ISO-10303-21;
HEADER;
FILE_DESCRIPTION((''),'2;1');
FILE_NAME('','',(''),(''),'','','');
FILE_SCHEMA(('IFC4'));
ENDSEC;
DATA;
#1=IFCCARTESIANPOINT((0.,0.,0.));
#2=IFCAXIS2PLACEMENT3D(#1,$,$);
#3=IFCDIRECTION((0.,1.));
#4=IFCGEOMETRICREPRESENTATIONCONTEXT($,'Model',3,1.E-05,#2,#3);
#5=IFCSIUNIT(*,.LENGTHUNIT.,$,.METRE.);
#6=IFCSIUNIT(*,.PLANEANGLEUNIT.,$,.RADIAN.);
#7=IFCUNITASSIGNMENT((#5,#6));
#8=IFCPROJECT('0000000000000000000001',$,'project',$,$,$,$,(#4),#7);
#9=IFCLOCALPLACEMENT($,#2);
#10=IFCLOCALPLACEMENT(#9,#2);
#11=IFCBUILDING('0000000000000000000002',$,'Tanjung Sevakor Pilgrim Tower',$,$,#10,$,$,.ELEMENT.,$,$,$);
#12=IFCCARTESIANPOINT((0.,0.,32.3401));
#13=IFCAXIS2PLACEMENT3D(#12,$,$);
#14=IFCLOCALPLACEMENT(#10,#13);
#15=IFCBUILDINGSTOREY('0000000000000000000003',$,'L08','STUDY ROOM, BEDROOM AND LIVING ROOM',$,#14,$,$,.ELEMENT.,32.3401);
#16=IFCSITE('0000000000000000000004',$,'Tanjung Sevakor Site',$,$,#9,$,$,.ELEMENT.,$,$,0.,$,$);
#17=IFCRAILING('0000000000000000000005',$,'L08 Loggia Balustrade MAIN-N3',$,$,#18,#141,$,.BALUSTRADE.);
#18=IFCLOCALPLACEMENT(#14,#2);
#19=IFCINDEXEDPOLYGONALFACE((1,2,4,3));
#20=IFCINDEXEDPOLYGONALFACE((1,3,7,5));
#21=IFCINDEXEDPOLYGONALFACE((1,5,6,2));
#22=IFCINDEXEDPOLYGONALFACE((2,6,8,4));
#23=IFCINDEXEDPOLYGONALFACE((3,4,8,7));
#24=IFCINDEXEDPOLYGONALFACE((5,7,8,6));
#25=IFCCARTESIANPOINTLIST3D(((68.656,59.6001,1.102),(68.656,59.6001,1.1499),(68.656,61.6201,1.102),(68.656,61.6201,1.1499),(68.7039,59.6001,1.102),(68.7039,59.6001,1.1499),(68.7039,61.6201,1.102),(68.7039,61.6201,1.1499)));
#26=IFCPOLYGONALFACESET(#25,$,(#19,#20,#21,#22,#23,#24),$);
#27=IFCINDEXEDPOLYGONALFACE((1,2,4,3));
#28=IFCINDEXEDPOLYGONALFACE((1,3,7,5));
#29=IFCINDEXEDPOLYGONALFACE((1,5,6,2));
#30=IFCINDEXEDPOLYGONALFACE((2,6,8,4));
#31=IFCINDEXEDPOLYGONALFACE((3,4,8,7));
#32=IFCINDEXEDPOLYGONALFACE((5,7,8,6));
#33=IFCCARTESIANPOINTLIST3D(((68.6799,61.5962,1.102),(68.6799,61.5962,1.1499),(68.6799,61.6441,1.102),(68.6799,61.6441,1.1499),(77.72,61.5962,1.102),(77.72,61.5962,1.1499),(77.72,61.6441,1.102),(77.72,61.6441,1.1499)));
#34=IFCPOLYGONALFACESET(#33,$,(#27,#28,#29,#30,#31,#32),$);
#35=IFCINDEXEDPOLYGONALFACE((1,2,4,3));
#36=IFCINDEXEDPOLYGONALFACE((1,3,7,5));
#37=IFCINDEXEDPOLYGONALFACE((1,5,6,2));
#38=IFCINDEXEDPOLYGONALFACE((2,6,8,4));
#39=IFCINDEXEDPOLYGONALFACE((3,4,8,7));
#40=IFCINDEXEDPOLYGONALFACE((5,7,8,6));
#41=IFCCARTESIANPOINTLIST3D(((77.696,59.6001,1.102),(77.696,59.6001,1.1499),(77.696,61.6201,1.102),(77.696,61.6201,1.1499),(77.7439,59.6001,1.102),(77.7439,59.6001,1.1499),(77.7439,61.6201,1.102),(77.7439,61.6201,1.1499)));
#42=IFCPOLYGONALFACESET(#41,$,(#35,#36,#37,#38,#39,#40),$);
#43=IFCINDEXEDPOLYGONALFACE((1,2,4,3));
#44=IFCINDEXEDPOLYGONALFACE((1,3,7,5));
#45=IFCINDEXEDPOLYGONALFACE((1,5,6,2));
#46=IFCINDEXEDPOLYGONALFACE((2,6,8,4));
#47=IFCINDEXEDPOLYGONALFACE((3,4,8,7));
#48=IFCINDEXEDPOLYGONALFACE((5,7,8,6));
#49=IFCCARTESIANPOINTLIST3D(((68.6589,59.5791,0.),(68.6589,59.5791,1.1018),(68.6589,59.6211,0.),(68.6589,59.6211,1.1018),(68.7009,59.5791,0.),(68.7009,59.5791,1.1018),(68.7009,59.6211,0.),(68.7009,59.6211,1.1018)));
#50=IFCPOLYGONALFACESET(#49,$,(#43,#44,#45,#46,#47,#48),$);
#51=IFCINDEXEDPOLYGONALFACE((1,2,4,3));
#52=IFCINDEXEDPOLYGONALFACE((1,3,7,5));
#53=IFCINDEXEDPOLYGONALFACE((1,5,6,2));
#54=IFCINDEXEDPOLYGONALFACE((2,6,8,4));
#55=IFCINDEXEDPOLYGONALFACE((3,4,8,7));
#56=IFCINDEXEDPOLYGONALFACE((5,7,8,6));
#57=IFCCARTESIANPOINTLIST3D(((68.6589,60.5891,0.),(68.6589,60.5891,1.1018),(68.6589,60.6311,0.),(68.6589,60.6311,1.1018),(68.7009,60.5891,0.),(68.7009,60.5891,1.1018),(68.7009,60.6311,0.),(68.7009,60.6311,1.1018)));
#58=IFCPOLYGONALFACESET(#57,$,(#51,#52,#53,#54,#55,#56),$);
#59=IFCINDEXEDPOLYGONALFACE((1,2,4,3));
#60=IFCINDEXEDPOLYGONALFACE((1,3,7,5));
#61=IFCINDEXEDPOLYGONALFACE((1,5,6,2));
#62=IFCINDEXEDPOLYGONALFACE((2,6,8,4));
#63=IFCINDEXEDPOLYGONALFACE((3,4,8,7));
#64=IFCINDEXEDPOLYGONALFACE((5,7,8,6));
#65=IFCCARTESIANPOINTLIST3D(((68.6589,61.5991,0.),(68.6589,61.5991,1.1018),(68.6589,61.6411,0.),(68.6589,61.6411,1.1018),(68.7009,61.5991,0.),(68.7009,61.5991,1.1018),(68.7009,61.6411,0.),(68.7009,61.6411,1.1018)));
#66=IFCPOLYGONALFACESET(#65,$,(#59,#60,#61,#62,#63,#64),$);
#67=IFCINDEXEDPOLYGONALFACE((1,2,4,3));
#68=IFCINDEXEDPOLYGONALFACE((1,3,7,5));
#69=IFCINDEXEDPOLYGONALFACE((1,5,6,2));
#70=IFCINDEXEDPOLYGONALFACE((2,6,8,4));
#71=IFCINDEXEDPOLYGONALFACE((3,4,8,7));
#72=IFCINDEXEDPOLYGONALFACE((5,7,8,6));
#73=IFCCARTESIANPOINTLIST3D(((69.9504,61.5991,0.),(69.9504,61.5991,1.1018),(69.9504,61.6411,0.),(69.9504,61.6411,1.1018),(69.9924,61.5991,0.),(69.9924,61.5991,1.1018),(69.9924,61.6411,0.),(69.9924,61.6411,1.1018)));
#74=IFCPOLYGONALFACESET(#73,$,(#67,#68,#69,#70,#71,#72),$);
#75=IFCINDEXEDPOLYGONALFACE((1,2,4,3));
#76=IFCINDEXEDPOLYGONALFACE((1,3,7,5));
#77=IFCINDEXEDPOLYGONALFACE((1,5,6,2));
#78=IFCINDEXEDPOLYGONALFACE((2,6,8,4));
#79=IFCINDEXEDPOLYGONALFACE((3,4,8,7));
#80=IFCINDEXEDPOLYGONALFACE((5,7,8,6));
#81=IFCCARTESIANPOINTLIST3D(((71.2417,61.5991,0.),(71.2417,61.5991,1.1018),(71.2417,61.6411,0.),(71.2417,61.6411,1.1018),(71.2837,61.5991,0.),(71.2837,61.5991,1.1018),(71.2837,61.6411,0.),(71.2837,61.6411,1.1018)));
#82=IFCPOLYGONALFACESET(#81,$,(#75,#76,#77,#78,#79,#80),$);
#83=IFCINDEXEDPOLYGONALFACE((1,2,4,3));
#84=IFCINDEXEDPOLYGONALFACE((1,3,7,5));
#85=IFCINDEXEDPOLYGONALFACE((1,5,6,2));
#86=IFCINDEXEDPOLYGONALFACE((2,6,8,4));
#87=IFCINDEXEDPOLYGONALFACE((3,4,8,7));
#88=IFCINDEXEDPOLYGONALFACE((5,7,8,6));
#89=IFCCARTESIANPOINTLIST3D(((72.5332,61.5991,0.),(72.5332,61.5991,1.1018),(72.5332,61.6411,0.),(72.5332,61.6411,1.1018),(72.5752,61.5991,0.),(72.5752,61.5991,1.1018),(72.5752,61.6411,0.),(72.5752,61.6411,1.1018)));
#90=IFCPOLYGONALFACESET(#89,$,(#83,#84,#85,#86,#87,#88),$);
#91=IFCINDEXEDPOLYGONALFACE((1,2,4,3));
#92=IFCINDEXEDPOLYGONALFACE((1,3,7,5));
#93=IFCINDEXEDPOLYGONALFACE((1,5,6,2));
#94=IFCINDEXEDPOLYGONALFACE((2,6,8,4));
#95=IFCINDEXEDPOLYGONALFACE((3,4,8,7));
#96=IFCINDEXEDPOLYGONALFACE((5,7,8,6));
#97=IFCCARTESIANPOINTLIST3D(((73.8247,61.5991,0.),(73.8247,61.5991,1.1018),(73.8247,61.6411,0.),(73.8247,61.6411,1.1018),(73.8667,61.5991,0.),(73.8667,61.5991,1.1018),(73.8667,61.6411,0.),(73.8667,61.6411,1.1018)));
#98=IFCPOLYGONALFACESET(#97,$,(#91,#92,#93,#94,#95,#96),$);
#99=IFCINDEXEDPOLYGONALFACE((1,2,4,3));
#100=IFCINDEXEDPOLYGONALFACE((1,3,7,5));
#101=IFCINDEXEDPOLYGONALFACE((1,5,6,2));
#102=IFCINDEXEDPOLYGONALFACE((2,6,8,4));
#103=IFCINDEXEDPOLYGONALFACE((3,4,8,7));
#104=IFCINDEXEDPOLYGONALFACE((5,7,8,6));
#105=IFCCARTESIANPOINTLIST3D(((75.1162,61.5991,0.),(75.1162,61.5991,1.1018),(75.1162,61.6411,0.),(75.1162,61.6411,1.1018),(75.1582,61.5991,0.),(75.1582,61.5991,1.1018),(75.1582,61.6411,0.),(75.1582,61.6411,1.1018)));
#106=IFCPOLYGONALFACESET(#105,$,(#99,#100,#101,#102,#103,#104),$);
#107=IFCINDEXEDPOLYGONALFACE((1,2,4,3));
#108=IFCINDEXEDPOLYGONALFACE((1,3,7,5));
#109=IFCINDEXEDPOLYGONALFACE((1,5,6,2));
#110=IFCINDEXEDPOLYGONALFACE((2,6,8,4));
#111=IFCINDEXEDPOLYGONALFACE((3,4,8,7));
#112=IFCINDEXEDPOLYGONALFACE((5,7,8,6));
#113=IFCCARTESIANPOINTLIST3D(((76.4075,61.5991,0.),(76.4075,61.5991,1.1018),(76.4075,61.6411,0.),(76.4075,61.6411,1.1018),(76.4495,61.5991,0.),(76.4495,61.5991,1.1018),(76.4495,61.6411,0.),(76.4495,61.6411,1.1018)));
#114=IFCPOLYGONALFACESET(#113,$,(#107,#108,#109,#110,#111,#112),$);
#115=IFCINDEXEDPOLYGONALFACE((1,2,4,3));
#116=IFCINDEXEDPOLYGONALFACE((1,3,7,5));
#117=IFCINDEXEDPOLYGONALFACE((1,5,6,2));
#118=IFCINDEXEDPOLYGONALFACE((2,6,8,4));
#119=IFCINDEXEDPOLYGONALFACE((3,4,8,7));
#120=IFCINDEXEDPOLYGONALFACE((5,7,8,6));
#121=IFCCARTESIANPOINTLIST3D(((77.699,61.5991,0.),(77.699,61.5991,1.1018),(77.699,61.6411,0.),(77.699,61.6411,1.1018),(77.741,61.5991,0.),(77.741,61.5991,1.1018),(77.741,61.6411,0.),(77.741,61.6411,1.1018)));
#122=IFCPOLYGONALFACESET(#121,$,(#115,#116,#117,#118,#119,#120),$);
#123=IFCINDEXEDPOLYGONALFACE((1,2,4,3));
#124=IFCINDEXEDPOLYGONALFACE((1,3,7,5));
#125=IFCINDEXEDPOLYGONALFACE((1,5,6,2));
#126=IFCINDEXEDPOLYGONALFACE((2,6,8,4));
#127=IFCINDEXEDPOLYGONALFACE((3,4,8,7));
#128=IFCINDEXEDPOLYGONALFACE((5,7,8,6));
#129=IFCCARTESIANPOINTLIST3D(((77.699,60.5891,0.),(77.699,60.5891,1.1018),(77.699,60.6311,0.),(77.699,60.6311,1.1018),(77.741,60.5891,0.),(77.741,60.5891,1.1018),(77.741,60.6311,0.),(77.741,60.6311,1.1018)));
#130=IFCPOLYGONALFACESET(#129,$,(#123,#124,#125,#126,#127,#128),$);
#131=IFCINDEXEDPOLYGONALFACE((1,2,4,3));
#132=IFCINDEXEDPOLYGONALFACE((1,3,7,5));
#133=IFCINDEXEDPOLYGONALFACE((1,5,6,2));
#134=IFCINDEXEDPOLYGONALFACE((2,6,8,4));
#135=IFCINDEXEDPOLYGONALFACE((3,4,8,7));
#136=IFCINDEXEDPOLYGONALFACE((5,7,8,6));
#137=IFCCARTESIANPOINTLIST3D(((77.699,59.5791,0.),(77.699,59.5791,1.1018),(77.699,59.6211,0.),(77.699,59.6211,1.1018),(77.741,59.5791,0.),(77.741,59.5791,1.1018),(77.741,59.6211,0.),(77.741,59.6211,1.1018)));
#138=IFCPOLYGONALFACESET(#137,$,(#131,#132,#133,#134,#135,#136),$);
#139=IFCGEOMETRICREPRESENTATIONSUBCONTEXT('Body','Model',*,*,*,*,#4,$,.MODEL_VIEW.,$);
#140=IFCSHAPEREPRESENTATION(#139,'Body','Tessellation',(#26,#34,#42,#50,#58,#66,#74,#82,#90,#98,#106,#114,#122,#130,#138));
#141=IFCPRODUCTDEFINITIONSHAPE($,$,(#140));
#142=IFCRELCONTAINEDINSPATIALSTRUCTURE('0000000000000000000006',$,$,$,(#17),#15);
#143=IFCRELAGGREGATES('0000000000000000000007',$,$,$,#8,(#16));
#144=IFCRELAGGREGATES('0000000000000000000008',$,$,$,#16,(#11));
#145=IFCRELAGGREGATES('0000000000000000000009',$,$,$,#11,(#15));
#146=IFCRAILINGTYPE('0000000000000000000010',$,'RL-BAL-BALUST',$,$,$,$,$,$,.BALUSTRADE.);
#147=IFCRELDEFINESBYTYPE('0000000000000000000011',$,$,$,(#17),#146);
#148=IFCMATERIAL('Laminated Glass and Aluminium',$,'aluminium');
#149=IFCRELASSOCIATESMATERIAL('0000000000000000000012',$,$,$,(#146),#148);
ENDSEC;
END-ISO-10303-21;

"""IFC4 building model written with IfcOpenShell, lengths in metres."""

from ifc_helpers import new_model, si_unit, direction, frame, origin, place, context, subcontext, project, spatial, rectangle, extrude, material, type_object, element, save


model = new_model("IFC4")

# Units and contexts
model_context = context("Model", 3, precision=1e-05, world=origin(), true_north=direction((0.0, 1.0)))
body_context = subcontext(model_context, "Body", "Model", "MODEL_VIEW")
ifc_project = project(units=[si_unit("LENGTHUNIT", "METRE"), si_unit("PLANEANGLEUNIT", "RADIAN")], contexts=[model_context])

# Site, building, storey
site_placement = place(None, origin())
site = spatial("IfcSite", under=ifc_project, at=site_placement, Name="Tanjung Sevakor Site", CompositionType="ELEMENT", RefElevation=0.0)
building_placement = place(site_placement, origin())
building = spatial("IfcBuilding", under=site, at=building_placement, Name="Tanjung Sevakor Pilgrim Tower", CompositionType="ELEMENT")
storey_placement = place(building_placement, frame((0.0, 0.0, 32.3401)))
storey = spatial("IfcBuildingStorey", under=building, at=storey_placement, Name="L08", Description="STUDY ROOM, BEDROOM AND LIVING ROOM", CompositionType="ELEMENT", Elevation=32.3401)

# Railing
ifc_material_1 = material(Name="Laminated Glass and Aluminium", Category="aluminium")
railing_type = type_object("IfcRailingType", Name="RL-BAL-BALUST", PredefinedType="BALUSTRADE", material=ifc_material_1)
railing_1_placement = place(storey_placement, frame((68.6799, 59.6001, 0.0)))
element("IfcRailing", 1, at=railing_1_placement, inside=storey, type_object=railing_type, Name="L08 Loggia Balustrade MAIN-N3", PredefinedType="BALUSTRADE", context=body_context, shape_type="SweptSolid", body=[
    extrude(rectangle(XDim=0.0479, YDim=0.0479), frame((0.0, 0.0, 1.126), z_axis=(0.0, 1.0, 0.0), x_axis=(-1.0, 0.0, 0.0)), (0.0, 0.0, 1.0), 2.02),
    extrude(rectangle(XDim=0.0479, YDim=0.0479), frame((0.0, 2.02, 1.126), z_axis=(1.0, 0.0, 0.0), x_axis=(0.0, 1.0, 0.0)), (0.0, 0.0, 1.0), 9.04),
    extrude(rectangle(XDim=0.0479, YDim=0.0479), frame((9.04, 2.02, 1.126), z_axis=(0.0, -1.0, 0.0), x_axis=(1.0, 0.0, 0.0)), (0.0, 0.0, 1.0), 2.02),
    extrude(rectangle(XDim=0.042, YDim=0.042), origin(), (0.0, 0.0, 1.0), 1.1018),
    extrude(rectangle(XDim=0.042, YDim=0.042), frame((0.0, 1.01, 0.0)), (0.0, 0.0, 1.0), 1.1018),
    extrude(rectangle(XDim=0.042, YDim=0.042), frame((0.0, 2.02, 0.0)), (0.0, 0.0, 1.0), 1.1018),
    extrude(rectangle(XDim=0.042, YDim=0.042), frame((1.2915, 2.02, 0.0)), (0.0, 0.0, 1.0), 1.1018),
    extrude(rectangle(XDim=0.042, YDim=0.042), frame((2.5828, 2.02, 0.0)), (0.0, 0.0, 1.0), 1.1018),
    extrude(rectangle(XDim=0.042, YDim=0.042), frame((3.8743, 2.02, 0.0)), (0.0, 0.0, 1.0), 1.1018),
    extrude(rectangle(XDim=0.042, YDim=0.042), frame((5.1658, 2.02, 0.0)), (0.0, 0.0, 1.0), 1.1018),
    extrude(rectangle(XDim=0.042, YDim=0.042), frame((6.4573, 2.02, 0.0)), (0.0, 0.0, 1.0), 1.1018),
    extrude(rectangle(XDim=0.042, YDim=0.042), frame((7.7485, 2.02, 0.0)), (0.0, 0.0, 1.0), 1.1018),
    extrude(rectangle(XDim=0.042, YDim=0.042), frame((9.04, 2.02, 0.0)), (0.0, 0.0, 1.0), 1.1018),
    extrude(rectangle(XDim=0.042, YDim=0.042), frame((9.04, 1.01, 0.0)), (0.0, 0.0, 1.0), 1.1018),
    extrude(rectangle(XDim=0.042, YDim=0.042), frame((9.04, 0.0, 0.0)), (0.0, 0.0, 1.0), 1.1018),
])

save(model, "model.ifc")
